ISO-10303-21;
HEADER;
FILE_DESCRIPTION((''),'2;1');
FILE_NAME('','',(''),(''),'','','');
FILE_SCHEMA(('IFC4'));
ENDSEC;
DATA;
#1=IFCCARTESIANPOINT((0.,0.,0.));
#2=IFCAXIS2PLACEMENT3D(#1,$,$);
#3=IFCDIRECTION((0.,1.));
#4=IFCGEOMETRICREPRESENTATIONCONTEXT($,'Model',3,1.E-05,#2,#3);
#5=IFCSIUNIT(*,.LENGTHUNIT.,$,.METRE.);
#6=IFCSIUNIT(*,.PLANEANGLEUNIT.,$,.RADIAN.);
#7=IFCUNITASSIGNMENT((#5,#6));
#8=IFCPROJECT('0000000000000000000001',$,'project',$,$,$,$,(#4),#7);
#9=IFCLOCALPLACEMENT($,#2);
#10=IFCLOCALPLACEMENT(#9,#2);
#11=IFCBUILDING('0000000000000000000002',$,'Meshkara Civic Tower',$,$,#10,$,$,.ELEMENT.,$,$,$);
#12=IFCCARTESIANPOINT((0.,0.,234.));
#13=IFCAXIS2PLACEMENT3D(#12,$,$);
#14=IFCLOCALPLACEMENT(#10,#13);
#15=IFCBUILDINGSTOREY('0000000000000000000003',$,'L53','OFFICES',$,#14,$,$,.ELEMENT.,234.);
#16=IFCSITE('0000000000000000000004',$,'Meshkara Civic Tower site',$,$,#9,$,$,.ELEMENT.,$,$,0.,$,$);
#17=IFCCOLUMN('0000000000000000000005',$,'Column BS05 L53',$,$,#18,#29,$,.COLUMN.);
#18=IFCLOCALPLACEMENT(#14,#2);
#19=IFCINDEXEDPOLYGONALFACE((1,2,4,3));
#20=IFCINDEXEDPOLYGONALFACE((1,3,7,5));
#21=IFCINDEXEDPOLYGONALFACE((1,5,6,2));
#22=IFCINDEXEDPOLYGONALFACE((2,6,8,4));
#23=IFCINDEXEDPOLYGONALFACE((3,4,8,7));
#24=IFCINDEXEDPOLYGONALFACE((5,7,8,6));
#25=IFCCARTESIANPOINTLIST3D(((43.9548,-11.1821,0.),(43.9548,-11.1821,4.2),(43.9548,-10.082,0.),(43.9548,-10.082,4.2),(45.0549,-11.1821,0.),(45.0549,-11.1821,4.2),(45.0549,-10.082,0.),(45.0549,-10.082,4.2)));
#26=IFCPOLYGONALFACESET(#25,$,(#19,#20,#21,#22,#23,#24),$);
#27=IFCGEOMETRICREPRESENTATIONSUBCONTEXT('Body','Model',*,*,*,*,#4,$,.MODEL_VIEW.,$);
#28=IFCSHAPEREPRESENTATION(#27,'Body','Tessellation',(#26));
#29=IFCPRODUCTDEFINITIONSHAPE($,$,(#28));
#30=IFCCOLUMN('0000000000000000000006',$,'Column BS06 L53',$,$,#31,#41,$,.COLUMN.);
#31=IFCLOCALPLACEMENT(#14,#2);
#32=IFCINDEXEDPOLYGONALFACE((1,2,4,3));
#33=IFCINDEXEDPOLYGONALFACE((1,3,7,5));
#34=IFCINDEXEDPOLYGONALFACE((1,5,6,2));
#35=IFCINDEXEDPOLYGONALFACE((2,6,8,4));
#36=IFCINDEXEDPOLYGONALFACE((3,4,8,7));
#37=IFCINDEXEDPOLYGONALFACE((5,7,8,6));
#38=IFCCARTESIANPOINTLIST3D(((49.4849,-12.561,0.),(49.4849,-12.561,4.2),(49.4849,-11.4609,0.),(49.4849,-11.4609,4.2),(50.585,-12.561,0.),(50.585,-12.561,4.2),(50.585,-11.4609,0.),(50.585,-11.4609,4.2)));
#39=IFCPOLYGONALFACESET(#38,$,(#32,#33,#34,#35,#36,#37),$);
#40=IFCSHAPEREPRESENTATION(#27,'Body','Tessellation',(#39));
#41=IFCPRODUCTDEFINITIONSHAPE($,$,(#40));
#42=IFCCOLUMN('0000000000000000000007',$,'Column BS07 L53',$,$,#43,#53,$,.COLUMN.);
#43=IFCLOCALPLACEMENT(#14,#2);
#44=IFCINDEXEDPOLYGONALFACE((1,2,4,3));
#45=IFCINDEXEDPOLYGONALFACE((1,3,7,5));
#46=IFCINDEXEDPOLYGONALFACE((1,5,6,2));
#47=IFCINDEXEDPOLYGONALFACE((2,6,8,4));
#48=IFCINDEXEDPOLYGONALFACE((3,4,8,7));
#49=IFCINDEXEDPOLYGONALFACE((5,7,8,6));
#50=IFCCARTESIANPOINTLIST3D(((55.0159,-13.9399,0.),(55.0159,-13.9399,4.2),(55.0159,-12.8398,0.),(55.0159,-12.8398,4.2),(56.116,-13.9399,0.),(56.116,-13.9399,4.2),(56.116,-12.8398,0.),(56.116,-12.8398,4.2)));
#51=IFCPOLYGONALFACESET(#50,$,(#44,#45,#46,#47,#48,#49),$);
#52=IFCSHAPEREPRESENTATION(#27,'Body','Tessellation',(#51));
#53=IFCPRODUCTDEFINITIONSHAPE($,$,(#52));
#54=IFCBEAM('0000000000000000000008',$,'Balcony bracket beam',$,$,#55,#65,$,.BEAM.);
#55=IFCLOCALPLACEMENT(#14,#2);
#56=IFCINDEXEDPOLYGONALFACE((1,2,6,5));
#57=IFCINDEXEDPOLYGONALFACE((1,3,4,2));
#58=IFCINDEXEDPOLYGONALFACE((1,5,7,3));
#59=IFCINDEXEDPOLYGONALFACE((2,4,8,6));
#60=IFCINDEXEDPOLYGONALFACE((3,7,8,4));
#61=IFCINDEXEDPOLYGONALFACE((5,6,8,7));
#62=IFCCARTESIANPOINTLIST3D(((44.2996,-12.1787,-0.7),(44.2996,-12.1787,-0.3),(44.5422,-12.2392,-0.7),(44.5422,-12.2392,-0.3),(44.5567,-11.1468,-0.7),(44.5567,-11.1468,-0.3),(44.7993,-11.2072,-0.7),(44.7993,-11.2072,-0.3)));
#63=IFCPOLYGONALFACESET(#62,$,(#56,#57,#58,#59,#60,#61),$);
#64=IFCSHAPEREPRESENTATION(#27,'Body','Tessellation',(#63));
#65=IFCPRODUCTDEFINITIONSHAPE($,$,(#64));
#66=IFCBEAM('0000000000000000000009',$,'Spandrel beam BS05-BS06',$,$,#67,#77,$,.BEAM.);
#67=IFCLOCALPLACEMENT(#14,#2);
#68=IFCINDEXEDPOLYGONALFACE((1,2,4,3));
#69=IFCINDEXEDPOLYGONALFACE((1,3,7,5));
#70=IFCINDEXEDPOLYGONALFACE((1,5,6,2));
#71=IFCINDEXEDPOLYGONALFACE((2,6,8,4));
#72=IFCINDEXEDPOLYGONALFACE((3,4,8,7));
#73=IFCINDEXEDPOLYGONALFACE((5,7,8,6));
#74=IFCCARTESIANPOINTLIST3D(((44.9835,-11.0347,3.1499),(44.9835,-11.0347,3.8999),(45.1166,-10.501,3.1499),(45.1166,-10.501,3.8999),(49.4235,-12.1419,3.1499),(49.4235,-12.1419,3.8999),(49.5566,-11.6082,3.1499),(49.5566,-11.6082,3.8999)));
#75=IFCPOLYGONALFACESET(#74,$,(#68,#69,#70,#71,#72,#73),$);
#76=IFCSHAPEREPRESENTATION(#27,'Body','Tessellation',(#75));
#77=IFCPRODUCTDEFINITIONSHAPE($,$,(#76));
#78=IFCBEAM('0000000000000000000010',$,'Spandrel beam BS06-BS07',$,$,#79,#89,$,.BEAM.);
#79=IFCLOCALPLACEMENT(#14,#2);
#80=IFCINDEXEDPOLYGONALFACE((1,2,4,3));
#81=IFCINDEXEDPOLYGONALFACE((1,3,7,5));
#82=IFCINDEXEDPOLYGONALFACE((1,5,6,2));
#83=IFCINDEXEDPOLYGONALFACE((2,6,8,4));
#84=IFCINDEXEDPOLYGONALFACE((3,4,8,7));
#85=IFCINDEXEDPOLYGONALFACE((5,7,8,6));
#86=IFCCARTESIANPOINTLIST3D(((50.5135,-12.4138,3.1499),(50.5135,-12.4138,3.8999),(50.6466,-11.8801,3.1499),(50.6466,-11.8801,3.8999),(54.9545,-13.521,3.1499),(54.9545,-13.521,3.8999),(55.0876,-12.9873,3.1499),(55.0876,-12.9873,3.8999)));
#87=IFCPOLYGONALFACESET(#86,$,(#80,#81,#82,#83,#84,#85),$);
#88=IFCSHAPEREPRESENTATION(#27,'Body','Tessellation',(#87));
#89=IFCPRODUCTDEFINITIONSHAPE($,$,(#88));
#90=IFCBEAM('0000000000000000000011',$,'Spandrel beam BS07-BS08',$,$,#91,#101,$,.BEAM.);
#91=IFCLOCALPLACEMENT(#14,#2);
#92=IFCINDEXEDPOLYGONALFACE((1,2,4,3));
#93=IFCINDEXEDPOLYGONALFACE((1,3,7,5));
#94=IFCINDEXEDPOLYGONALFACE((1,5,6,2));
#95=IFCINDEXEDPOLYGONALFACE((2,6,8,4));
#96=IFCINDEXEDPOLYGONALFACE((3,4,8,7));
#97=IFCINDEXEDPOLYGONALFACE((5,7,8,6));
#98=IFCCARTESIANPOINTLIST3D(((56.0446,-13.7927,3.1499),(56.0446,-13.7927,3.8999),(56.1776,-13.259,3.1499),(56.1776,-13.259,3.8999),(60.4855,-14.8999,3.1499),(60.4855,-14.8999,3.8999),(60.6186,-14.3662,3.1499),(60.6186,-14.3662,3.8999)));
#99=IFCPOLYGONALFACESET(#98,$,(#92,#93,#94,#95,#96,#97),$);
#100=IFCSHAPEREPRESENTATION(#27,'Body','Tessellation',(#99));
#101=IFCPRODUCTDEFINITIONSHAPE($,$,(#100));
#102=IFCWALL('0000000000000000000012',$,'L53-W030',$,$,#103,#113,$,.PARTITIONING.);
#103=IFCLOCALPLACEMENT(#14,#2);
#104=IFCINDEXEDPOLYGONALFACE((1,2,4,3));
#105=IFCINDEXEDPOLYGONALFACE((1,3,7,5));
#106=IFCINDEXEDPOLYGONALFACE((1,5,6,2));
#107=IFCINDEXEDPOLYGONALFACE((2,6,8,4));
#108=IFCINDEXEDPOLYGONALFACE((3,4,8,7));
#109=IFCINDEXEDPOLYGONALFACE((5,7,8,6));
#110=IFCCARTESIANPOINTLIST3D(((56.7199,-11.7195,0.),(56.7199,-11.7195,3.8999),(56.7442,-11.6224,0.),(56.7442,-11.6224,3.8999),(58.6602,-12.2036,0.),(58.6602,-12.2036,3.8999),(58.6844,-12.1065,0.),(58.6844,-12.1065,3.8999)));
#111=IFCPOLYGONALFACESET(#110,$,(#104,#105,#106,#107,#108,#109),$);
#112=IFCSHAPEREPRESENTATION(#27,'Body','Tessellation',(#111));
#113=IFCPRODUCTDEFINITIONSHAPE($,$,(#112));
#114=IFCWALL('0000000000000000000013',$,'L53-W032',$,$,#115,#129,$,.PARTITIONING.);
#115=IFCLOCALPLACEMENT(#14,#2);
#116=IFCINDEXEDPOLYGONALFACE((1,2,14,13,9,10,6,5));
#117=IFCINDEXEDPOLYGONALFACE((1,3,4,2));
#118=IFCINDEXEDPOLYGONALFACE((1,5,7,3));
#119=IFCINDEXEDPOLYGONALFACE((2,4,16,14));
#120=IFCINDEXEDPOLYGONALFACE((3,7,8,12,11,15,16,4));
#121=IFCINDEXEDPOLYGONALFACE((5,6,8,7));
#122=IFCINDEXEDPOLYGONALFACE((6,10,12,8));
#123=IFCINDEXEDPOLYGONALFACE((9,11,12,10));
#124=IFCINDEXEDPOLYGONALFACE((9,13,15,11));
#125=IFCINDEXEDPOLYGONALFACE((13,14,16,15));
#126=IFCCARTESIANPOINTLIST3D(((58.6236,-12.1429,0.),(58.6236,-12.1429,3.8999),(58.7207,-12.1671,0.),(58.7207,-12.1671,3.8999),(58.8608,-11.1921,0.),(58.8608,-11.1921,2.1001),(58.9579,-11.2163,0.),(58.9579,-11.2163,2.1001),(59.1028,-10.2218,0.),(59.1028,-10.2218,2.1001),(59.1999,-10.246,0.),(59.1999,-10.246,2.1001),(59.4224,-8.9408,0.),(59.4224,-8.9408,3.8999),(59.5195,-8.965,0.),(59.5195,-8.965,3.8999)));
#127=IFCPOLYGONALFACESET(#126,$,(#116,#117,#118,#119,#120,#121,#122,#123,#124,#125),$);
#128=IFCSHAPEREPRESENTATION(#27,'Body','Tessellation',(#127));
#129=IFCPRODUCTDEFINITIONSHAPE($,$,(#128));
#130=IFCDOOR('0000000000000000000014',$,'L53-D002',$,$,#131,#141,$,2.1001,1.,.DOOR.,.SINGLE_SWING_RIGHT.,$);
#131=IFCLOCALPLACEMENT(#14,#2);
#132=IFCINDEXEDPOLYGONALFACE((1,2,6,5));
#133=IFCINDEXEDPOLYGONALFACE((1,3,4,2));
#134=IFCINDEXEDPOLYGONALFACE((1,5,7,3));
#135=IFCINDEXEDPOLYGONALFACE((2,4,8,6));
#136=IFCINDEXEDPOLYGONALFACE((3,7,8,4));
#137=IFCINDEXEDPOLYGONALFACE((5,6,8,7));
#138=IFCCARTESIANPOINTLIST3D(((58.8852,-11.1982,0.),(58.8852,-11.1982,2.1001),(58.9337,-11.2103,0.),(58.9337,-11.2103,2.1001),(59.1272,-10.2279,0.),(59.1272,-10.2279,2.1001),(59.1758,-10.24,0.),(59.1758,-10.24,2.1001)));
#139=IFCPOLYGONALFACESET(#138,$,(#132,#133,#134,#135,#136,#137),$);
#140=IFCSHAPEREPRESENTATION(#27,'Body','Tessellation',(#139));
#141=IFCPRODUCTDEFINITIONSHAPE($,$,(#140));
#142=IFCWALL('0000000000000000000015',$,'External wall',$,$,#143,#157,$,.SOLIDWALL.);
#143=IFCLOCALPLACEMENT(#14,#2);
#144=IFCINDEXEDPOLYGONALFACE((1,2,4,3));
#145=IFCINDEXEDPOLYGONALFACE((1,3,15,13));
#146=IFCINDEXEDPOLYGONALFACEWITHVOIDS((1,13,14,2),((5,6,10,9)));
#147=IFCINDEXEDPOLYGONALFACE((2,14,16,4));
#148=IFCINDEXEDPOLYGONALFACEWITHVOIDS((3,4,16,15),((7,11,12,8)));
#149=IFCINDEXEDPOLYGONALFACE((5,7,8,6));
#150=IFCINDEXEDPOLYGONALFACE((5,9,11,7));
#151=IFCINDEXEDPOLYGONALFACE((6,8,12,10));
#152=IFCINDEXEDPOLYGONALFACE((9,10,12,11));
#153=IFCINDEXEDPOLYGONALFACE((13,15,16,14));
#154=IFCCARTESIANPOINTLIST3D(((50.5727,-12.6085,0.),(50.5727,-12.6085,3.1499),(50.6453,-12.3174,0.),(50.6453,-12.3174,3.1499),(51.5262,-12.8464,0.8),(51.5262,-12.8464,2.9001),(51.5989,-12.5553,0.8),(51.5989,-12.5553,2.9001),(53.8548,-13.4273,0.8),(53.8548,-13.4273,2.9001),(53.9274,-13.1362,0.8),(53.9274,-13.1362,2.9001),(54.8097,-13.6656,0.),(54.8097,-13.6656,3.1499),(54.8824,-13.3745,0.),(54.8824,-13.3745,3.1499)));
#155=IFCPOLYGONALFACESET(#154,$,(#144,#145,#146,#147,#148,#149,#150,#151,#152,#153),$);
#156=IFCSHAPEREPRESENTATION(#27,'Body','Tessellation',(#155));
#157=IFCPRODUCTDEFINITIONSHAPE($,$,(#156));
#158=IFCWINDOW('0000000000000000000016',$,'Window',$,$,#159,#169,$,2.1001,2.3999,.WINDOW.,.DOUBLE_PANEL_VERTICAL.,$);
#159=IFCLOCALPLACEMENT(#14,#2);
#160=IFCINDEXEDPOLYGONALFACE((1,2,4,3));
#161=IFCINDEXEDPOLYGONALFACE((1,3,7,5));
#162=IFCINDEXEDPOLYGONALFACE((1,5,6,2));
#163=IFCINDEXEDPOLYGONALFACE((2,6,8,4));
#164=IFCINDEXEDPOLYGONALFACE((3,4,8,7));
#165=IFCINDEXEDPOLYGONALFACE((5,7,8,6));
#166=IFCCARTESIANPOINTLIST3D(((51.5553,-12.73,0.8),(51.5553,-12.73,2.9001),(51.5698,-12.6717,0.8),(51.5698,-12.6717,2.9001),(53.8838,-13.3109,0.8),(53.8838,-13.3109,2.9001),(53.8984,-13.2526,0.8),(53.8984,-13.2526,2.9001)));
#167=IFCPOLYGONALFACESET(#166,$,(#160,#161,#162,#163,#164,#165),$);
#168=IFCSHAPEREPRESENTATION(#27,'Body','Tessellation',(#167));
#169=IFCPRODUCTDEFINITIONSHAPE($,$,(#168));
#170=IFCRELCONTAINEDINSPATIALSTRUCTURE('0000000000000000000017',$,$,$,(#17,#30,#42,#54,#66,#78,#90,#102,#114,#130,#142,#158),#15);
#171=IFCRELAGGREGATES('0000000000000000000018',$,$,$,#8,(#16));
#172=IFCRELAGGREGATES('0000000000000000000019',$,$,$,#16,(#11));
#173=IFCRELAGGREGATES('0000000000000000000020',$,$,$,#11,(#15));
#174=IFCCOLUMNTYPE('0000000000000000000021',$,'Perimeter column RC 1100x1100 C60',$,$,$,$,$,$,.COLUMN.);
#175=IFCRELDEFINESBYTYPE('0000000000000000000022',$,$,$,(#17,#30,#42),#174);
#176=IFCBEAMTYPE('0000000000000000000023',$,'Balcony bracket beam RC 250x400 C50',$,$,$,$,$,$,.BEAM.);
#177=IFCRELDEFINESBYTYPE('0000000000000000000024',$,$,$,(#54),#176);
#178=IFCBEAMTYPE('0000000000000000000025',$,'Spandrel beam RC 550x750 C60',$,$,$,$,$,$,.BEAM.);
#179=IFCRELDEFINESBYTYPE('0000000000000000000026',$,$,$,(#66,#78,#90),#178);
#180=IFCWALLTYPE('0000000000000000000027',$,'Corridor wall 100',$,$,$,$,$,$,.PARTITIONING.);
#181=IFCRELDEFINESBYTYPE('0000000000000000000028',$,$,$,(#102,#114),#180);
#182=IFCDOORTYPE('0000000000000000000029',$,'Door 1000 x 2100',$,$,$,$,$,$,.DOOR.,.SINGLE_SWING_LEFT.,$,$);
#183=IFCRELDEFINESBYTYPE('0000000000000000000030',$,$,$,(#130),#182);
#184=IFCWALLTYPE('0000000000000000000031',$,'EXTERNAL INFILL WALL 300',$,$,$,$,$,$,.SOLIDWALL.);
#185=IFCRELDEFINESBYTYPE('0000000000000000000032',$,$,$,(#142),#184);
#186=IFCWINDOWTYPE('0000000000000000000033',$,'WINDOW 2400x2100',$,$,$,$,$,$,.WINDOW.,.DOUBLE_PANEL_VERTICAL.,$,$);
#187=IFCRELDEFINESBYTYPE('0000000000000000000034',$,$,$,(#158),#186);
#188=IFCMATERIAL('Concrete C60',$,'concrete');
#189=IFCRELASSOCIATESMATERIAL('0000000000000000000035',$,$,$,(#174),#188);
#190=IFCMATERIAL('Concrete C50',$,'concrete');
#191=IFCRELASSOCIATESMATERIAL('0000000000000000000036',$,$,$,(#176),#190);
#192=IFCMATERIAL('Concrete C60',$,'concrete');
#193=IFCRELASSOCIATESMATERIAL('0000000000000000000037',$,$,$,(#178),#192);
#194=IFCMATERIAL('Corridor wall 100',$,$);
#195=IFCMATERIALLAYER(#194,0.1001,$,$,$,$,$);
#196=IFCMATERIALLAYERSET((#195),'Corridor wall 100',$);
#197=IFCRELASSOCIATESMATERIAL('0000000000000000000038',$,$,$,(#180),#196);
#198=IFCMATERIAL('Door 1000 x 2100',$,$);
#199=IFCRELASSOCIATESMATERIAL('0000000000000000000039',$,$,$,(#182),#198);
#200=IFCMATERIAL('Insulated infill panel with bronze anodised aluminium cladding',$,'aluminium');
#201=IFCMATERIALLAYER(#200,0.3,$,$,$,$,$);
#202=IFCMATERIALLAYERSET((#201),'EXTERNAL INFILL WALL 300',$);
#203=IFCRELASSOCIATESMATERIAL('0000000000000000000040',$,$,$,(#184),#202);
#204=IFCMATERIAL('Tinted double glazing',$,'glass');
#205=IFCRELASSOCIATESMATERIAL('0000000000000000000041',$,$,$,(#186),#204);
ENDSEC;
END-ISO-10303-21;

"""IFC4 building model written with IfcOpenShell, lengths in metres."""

from ifc_helpers import new_model, si_unit, direction, frame, frame_2d, origin, origin_2d, place, context, subcontext, project, spatial, rectangle, extrude, material, layer, layer_set, material_profile, profile_set, type_object, element, fill, save


model = new_model("IFC4")

# Units and contexts
model_context = context("Model", 3, precision=1e-05, world=origin(), true_north=direction((0.0, 1.0)))
body_context = subcontext(model_context, "Body", "Model", "MODEL_VIEW")
ifc_project = project(units=[si_unit("LENGTHUNIT", "METRE"), si_unit("PLANEANGLEUNIT", "RADIAN")], contexts=[model_context])

# Site, building, storey
site_placement = place(None, origin())
site = spatial("IfcSite", under=ifc_project, at=site_placement, Name="Meshkara Civic Tower site", CompositionType="ELEMENT", RefElevation=0.0)
building_placement = place(site_placement, origin())
building = spatial("IfcBuilding", under=site, at=building_placement, Name="Meshkara Civic Tower", CompositionType="ELEMENT")
storey_placement = place(building_placement, frame((0.0, 0.0, 234.0)))
storey = spatial("IfcBuildingStorey", under=building, at=storey_placement, Name="L53", Description="OFFICES", CompositionType="ELEMENT", Elevation=234.0)

# Columns
ifc_material_1 = material(Name="Concrete C60", Category="concrete")
ifc_material_profile_1 = material_profile(ifc_material_1, rectangle(XDim=1.1001, YDim=1.1001, at=origin_2d()))
ifc_profile_set_1 = profile_set([ifc_material_profile_1], Name="Concrete C60")
column_type = type_object("IfcColumnType", Name="Perimeter column RC 1100x1100 C60", PredefinedType="COLUMN", material=ifc_profile_set_1)
for number, where, z_axis, x_axis, name in (
    (1, (44.5049, -10.6321, 0.0), (0.0, 0.0, 1.0), (1.0, 0.0, 0.0), "Column BS05 L53"),
    (2, (50.0349, -12.011, 0.0), (0.0, 0.0, 1.0), (1.0, 0.0, 0.0), "Column BS06 L53"),
    (3, (55.5659, -13.3899, 0.0), (0.0, 0.0, 1.0), (1.0, 0.0, 0.0), "Column BS07 L53"),
):
    element("IfcColumn", number, at=place(storey_placement, frame(where, z_axis=z_axis, x_axis=x_axis)), inside=storey, type_object=column_type, Name=name, PredefinedType="COLUMN", context=body_context, shape_type="SweptSolid", body=[
        extrude(rectangle(XDim=1.1001, YDim=1.1001, at=origin_2d()), origin(), (0.0, 0.0, 1.0), 4.2),
    ])

# Beams
ifc_material_2 = material(Name="Concrete C50", Category="concrete")
ifc_material_profile_2 = material_profile(ifc_material_2, rectangle(XDim=0.25, YDim=0.3999, at=origin_2d()))
ifc_profile_set_2 = profile_set([ifc_material_profile_2], Name="Concrete C50")
beam_type_1 = type_object("IfcBeamType", Name="Balcony bracket beam RC 250x400 C50", PredefinedType="BEAM", material=ifc_profile_set_2)
beam_1_placement = place(storey_placement, frame((44.678, -11.177, -0.5), z_axis=(-0.241725, -0.970345, 0.0), x_axis=(0.970345, -0.241725, 0.0)))
element("IfcBeam", 4, at=beam_1_placement, inside=storey, type_object=beam_type_1, Name="Balcony bracket beam", PredefinedType="BEAM", context=body_context, shape_type="SweptSolid", body=[
    extrude(rectangle(XDim=0.25, YDim=0.3999, at=origin_2d()), origin(), (0.0, 0.0, 1.0), 1.0635),
])
ifc_material_3 = material(Name="Concrete C60", Category="concrete")
ifc_material_profile_3 = material_profile(ifc_material_3, rectangle(XDim=0.55, YDim=0.75, at=origin_2d()))
ifc_profile_set_3 = profile_set([ifc_material_profile_3], Name="Concrete C60")
beam_type_2 = type_object("IfcBeamType", Name="Spandrel beam RC 550x750 C60", PredefinedType="BEAM", material=ifc_profile_set_3)
beam_2_placement = place(storey_placement, frame((45.05, -10.7678, 3.5249), z_axis=(0.970287, -0.241958, 0.0), x_axis=(0.241958, 0.970287, 0.0)))
element("IfcBeam", 5, at=beam_2_placement, inside=storey, type_object=beam_type_2, Name="Spandrel beam BS05-BS06", PredefinedType="BEAM", context=body_context, shape_type="SweptSolid", body=[
    extrude(rectangle(XDim=0.55, YDim=0.75, at=origin_2d()), origin(), (0.0, 0.0, 1.0), 4.5759),
])
for number, where, z_axis, x_axis, name in (
    (6, (50.5801, -12.147, 3.5249), (0.970299, -0.241908, 0.0), (0.241908, 0.970299, 0.0), "Spandrel beam BS06-BS07"),
    (7, (56.1111, -13.5259, 3.5249), (0.970299, -0.241908, 0.0), (0.241908, 0.970299, 0.0), "Spandrel beam BS07-BS08"),
):
    element("IfcBeam", number, at=place(storey_placement, frame(where, z_axis=z_axis, x_axis=x_axis)), inside=storey, type_object=beam_type_2, Name=name, PredefinedType="BEAM", context=body_context, shape_type="SweptSolid", body=[
        extrude(rectangle(XDim=0.55, YDim=0.75, at=origin_2d()), origin(), (0.0, 0.0, 1.0), 4.5769),
    ])

# Wall
ifc_material_4 = material(Name="Corridor wall 100")
ifc_layer_1 = layer(ifc_material_4, 0.1001)
ifc_layer_set_1 = layer_set([ifc_layer_1], Name="Corridor wall 100")
wall_type_1 = type_object("IfcWallType", Name="Corridor wall 100", PredefinedType="PARTITIONING", material=ifc_layer_set_1)
wall_1_placement = place(storey_placement, frame((56.7319, -11.6709, 0.0), z_axis=(0.0, 0.0, 1.0), x_axis=(0.97025, -0.242105, 0.0)))
element("IfcWall", 8, at=wall_1_placement, inside=storey, type_object=wall_type_1, Name="L53-W030", PredefinedType="PARTITIONING", context=body_context, shape_type="SweptSolid", body=[
    extrude(rectangle(XDim=1.9998, YDim=0.1001, at=frame_2d((1.0, 0.0))), origin(), (0.0, 0.0, 1.0), 3.8999),
])

# Wall, opening, door
wall_2_placement = place(storey_placement, frame((58.6721, -12.155, 0.0), z_axis=(0.0, 0.0, 1.0), x_axis=(0.242048, 0.970264, 0.0)))
wall_2 = element("IfcWall", 9, at=wall_2_placement, inside=storey, type_object=wall_type_1, Name="L53-W032", PredefinedType="PARTITIONING", context=body_context, shape_type="SweptSolid", body=[
    extrude(rectangle(XDim=3.3003, YDim=0.1001, at=frame_2d((1.6501, 0.0))), origin(), (0.0, 0.0, 1.0), 3.8999),
])
opening_1_placement = place(wall_2_placement, frame((0.98, 0.0, 0.0)))
opening_1 = element("IfcOpeningElement", 10, at=opening_1_placement, cuts=wall_2, PredefinedType="OPENING", context=body_context, shape_type="SweptSolid", body=[
    extrude(rectangle(XDim=1.0, YDim=2.1001, at=frame_2d((0.5, 1.05))), frame((0.0, 0.0601, 0.0), z_axis=(0.0, -1.0, 0.0), x_axis=(1.0, 0.0, 0.0)), (0.0, 0.0, 1.0), 0.1201),
])
ifc_material_5 = material(Name="Door 1000 x 2100")
door_type_1 = type_object("IfcDoorType", Name="Door 1000 x 2100", OperationType="SINGLE_SWING_LEFT", PredefinedType="DOOR", material=ifc_material_5)
door_1_placement = place(opening_1_placement, origin())
door_1 = element("IfcDoor", 11, at=door_1_placement, inside=storey, type_object=door_type_1, Name="L53-D002", OperationType="SINGLE_SWING_RIGHT", OverallHeight=2.1001, OverallWidth=1.0, PredefinedType="DOOR", context=body_context, shape_type="SweptSolid", body=[
    extrude(rectangle(XDim=1.0, YDim=2.1001, at=frame_2d((0.5, 1.05))), frame((0.0, 0.0249, 0.0), z_axis=(0.0, -1.0, 0.0), x_axis=(1.0, 0.0, 0.0)), (0.0, 0.0, 1.0), 0.05),
])
fill(opening_1, door_1)

# Wall, opening, window
ifc_material_6 = material(Name="Insulated infill panel with bronze anodised aluminium cladding", Category="aluminium")
ifc_layer_2 = layer(ifc_material_6, 0.3)
ifc_layer_set_2 = layer_set([ifc_layer_2], Name="EXTERNAL INFILL WALL 300")
wall_type_2 = type_object("IfcWallType", Name="EXTERNAL INFILL WALL 300", PredefinedType="SOLIDWALL", material=ifc_layer_set_2)
wall_3_placement = place(storey_placement, frame((50.6089, -12.4629, 0.0), z_axis=(0.0, 0.0, 1.0), x_axis=(0.970257, -0.242075, 0.0)))
wall_3 = element("IfcWall", 12, at=wall_3_placement, inside=storey, type_object=wall_type_2, Name="External wall", PredefinedType="SOLIDWALL", context=body_context, shape_type="SweptSolid", body=[
    extrude(rectangle(XDim=4.3669, YDim=0.3, at=frame_2d((2.1836, 0.0))), origin(), (0.0, 0.0, 1.0), 3.1499),
])
opening_2_placement = place(wall_3_placement, frame((0.9829, 0.0, 0.8)))
opening_2 = element("IfcOpeningElement", 13, at=opening_2_placement, cuts=wall_3, PredefinedType="OPENING", context=body_context, shape_type="SweptSolid", body=[
    extrude(rectangle(XDim=2.3999, YDim=2.1001, at=frame_2d((1.2, 1.05))), frame((0.0, 0.1599, 0.0), z_axis=(0.0, -1.0, 0.0), x_axis=(1.0, 0.0, 0.0)), (0.0, 0.0, 1.0), 0.3201),
])
ifc_material_7 = material(Name="Tinted double glazing", Category="glass")
window_type = type_object("IfcWindowType", Name="WINDOW 2400x2100", PartitioningType="DOUBLE_PANEL_VERTICAL", PredefinedType="WINDOW", material=ifc_material_7)
window_1_placement = place(opening_2_placement, origin())
window_1 = element("IfcWindow", 14, at=window_1_placement, inside=storey, type_object=window_type, Name="Window", OverallHeight=2.1001, OverallWidth=2.3999, PartitioningType="DOUBLE_PANEL_VERTICAL", PredefinedType="WINDOW", context=body_context, shape_type="SweptSolid", body=[
    extrude(rectangle(XDim=2.3999, YDim=2.1001, at=frame_2d((1.2, 1.05))), frame((0.0, 0.03, 0.0), z_axis=(0.0, -1.0, 0.0), x_axis=(1.0, 0.0, 0.0)), (0.0, 0.0, 1.0), 0.0601),
])
fill(opening_2, window_1)

save(model, "model.ifc")
